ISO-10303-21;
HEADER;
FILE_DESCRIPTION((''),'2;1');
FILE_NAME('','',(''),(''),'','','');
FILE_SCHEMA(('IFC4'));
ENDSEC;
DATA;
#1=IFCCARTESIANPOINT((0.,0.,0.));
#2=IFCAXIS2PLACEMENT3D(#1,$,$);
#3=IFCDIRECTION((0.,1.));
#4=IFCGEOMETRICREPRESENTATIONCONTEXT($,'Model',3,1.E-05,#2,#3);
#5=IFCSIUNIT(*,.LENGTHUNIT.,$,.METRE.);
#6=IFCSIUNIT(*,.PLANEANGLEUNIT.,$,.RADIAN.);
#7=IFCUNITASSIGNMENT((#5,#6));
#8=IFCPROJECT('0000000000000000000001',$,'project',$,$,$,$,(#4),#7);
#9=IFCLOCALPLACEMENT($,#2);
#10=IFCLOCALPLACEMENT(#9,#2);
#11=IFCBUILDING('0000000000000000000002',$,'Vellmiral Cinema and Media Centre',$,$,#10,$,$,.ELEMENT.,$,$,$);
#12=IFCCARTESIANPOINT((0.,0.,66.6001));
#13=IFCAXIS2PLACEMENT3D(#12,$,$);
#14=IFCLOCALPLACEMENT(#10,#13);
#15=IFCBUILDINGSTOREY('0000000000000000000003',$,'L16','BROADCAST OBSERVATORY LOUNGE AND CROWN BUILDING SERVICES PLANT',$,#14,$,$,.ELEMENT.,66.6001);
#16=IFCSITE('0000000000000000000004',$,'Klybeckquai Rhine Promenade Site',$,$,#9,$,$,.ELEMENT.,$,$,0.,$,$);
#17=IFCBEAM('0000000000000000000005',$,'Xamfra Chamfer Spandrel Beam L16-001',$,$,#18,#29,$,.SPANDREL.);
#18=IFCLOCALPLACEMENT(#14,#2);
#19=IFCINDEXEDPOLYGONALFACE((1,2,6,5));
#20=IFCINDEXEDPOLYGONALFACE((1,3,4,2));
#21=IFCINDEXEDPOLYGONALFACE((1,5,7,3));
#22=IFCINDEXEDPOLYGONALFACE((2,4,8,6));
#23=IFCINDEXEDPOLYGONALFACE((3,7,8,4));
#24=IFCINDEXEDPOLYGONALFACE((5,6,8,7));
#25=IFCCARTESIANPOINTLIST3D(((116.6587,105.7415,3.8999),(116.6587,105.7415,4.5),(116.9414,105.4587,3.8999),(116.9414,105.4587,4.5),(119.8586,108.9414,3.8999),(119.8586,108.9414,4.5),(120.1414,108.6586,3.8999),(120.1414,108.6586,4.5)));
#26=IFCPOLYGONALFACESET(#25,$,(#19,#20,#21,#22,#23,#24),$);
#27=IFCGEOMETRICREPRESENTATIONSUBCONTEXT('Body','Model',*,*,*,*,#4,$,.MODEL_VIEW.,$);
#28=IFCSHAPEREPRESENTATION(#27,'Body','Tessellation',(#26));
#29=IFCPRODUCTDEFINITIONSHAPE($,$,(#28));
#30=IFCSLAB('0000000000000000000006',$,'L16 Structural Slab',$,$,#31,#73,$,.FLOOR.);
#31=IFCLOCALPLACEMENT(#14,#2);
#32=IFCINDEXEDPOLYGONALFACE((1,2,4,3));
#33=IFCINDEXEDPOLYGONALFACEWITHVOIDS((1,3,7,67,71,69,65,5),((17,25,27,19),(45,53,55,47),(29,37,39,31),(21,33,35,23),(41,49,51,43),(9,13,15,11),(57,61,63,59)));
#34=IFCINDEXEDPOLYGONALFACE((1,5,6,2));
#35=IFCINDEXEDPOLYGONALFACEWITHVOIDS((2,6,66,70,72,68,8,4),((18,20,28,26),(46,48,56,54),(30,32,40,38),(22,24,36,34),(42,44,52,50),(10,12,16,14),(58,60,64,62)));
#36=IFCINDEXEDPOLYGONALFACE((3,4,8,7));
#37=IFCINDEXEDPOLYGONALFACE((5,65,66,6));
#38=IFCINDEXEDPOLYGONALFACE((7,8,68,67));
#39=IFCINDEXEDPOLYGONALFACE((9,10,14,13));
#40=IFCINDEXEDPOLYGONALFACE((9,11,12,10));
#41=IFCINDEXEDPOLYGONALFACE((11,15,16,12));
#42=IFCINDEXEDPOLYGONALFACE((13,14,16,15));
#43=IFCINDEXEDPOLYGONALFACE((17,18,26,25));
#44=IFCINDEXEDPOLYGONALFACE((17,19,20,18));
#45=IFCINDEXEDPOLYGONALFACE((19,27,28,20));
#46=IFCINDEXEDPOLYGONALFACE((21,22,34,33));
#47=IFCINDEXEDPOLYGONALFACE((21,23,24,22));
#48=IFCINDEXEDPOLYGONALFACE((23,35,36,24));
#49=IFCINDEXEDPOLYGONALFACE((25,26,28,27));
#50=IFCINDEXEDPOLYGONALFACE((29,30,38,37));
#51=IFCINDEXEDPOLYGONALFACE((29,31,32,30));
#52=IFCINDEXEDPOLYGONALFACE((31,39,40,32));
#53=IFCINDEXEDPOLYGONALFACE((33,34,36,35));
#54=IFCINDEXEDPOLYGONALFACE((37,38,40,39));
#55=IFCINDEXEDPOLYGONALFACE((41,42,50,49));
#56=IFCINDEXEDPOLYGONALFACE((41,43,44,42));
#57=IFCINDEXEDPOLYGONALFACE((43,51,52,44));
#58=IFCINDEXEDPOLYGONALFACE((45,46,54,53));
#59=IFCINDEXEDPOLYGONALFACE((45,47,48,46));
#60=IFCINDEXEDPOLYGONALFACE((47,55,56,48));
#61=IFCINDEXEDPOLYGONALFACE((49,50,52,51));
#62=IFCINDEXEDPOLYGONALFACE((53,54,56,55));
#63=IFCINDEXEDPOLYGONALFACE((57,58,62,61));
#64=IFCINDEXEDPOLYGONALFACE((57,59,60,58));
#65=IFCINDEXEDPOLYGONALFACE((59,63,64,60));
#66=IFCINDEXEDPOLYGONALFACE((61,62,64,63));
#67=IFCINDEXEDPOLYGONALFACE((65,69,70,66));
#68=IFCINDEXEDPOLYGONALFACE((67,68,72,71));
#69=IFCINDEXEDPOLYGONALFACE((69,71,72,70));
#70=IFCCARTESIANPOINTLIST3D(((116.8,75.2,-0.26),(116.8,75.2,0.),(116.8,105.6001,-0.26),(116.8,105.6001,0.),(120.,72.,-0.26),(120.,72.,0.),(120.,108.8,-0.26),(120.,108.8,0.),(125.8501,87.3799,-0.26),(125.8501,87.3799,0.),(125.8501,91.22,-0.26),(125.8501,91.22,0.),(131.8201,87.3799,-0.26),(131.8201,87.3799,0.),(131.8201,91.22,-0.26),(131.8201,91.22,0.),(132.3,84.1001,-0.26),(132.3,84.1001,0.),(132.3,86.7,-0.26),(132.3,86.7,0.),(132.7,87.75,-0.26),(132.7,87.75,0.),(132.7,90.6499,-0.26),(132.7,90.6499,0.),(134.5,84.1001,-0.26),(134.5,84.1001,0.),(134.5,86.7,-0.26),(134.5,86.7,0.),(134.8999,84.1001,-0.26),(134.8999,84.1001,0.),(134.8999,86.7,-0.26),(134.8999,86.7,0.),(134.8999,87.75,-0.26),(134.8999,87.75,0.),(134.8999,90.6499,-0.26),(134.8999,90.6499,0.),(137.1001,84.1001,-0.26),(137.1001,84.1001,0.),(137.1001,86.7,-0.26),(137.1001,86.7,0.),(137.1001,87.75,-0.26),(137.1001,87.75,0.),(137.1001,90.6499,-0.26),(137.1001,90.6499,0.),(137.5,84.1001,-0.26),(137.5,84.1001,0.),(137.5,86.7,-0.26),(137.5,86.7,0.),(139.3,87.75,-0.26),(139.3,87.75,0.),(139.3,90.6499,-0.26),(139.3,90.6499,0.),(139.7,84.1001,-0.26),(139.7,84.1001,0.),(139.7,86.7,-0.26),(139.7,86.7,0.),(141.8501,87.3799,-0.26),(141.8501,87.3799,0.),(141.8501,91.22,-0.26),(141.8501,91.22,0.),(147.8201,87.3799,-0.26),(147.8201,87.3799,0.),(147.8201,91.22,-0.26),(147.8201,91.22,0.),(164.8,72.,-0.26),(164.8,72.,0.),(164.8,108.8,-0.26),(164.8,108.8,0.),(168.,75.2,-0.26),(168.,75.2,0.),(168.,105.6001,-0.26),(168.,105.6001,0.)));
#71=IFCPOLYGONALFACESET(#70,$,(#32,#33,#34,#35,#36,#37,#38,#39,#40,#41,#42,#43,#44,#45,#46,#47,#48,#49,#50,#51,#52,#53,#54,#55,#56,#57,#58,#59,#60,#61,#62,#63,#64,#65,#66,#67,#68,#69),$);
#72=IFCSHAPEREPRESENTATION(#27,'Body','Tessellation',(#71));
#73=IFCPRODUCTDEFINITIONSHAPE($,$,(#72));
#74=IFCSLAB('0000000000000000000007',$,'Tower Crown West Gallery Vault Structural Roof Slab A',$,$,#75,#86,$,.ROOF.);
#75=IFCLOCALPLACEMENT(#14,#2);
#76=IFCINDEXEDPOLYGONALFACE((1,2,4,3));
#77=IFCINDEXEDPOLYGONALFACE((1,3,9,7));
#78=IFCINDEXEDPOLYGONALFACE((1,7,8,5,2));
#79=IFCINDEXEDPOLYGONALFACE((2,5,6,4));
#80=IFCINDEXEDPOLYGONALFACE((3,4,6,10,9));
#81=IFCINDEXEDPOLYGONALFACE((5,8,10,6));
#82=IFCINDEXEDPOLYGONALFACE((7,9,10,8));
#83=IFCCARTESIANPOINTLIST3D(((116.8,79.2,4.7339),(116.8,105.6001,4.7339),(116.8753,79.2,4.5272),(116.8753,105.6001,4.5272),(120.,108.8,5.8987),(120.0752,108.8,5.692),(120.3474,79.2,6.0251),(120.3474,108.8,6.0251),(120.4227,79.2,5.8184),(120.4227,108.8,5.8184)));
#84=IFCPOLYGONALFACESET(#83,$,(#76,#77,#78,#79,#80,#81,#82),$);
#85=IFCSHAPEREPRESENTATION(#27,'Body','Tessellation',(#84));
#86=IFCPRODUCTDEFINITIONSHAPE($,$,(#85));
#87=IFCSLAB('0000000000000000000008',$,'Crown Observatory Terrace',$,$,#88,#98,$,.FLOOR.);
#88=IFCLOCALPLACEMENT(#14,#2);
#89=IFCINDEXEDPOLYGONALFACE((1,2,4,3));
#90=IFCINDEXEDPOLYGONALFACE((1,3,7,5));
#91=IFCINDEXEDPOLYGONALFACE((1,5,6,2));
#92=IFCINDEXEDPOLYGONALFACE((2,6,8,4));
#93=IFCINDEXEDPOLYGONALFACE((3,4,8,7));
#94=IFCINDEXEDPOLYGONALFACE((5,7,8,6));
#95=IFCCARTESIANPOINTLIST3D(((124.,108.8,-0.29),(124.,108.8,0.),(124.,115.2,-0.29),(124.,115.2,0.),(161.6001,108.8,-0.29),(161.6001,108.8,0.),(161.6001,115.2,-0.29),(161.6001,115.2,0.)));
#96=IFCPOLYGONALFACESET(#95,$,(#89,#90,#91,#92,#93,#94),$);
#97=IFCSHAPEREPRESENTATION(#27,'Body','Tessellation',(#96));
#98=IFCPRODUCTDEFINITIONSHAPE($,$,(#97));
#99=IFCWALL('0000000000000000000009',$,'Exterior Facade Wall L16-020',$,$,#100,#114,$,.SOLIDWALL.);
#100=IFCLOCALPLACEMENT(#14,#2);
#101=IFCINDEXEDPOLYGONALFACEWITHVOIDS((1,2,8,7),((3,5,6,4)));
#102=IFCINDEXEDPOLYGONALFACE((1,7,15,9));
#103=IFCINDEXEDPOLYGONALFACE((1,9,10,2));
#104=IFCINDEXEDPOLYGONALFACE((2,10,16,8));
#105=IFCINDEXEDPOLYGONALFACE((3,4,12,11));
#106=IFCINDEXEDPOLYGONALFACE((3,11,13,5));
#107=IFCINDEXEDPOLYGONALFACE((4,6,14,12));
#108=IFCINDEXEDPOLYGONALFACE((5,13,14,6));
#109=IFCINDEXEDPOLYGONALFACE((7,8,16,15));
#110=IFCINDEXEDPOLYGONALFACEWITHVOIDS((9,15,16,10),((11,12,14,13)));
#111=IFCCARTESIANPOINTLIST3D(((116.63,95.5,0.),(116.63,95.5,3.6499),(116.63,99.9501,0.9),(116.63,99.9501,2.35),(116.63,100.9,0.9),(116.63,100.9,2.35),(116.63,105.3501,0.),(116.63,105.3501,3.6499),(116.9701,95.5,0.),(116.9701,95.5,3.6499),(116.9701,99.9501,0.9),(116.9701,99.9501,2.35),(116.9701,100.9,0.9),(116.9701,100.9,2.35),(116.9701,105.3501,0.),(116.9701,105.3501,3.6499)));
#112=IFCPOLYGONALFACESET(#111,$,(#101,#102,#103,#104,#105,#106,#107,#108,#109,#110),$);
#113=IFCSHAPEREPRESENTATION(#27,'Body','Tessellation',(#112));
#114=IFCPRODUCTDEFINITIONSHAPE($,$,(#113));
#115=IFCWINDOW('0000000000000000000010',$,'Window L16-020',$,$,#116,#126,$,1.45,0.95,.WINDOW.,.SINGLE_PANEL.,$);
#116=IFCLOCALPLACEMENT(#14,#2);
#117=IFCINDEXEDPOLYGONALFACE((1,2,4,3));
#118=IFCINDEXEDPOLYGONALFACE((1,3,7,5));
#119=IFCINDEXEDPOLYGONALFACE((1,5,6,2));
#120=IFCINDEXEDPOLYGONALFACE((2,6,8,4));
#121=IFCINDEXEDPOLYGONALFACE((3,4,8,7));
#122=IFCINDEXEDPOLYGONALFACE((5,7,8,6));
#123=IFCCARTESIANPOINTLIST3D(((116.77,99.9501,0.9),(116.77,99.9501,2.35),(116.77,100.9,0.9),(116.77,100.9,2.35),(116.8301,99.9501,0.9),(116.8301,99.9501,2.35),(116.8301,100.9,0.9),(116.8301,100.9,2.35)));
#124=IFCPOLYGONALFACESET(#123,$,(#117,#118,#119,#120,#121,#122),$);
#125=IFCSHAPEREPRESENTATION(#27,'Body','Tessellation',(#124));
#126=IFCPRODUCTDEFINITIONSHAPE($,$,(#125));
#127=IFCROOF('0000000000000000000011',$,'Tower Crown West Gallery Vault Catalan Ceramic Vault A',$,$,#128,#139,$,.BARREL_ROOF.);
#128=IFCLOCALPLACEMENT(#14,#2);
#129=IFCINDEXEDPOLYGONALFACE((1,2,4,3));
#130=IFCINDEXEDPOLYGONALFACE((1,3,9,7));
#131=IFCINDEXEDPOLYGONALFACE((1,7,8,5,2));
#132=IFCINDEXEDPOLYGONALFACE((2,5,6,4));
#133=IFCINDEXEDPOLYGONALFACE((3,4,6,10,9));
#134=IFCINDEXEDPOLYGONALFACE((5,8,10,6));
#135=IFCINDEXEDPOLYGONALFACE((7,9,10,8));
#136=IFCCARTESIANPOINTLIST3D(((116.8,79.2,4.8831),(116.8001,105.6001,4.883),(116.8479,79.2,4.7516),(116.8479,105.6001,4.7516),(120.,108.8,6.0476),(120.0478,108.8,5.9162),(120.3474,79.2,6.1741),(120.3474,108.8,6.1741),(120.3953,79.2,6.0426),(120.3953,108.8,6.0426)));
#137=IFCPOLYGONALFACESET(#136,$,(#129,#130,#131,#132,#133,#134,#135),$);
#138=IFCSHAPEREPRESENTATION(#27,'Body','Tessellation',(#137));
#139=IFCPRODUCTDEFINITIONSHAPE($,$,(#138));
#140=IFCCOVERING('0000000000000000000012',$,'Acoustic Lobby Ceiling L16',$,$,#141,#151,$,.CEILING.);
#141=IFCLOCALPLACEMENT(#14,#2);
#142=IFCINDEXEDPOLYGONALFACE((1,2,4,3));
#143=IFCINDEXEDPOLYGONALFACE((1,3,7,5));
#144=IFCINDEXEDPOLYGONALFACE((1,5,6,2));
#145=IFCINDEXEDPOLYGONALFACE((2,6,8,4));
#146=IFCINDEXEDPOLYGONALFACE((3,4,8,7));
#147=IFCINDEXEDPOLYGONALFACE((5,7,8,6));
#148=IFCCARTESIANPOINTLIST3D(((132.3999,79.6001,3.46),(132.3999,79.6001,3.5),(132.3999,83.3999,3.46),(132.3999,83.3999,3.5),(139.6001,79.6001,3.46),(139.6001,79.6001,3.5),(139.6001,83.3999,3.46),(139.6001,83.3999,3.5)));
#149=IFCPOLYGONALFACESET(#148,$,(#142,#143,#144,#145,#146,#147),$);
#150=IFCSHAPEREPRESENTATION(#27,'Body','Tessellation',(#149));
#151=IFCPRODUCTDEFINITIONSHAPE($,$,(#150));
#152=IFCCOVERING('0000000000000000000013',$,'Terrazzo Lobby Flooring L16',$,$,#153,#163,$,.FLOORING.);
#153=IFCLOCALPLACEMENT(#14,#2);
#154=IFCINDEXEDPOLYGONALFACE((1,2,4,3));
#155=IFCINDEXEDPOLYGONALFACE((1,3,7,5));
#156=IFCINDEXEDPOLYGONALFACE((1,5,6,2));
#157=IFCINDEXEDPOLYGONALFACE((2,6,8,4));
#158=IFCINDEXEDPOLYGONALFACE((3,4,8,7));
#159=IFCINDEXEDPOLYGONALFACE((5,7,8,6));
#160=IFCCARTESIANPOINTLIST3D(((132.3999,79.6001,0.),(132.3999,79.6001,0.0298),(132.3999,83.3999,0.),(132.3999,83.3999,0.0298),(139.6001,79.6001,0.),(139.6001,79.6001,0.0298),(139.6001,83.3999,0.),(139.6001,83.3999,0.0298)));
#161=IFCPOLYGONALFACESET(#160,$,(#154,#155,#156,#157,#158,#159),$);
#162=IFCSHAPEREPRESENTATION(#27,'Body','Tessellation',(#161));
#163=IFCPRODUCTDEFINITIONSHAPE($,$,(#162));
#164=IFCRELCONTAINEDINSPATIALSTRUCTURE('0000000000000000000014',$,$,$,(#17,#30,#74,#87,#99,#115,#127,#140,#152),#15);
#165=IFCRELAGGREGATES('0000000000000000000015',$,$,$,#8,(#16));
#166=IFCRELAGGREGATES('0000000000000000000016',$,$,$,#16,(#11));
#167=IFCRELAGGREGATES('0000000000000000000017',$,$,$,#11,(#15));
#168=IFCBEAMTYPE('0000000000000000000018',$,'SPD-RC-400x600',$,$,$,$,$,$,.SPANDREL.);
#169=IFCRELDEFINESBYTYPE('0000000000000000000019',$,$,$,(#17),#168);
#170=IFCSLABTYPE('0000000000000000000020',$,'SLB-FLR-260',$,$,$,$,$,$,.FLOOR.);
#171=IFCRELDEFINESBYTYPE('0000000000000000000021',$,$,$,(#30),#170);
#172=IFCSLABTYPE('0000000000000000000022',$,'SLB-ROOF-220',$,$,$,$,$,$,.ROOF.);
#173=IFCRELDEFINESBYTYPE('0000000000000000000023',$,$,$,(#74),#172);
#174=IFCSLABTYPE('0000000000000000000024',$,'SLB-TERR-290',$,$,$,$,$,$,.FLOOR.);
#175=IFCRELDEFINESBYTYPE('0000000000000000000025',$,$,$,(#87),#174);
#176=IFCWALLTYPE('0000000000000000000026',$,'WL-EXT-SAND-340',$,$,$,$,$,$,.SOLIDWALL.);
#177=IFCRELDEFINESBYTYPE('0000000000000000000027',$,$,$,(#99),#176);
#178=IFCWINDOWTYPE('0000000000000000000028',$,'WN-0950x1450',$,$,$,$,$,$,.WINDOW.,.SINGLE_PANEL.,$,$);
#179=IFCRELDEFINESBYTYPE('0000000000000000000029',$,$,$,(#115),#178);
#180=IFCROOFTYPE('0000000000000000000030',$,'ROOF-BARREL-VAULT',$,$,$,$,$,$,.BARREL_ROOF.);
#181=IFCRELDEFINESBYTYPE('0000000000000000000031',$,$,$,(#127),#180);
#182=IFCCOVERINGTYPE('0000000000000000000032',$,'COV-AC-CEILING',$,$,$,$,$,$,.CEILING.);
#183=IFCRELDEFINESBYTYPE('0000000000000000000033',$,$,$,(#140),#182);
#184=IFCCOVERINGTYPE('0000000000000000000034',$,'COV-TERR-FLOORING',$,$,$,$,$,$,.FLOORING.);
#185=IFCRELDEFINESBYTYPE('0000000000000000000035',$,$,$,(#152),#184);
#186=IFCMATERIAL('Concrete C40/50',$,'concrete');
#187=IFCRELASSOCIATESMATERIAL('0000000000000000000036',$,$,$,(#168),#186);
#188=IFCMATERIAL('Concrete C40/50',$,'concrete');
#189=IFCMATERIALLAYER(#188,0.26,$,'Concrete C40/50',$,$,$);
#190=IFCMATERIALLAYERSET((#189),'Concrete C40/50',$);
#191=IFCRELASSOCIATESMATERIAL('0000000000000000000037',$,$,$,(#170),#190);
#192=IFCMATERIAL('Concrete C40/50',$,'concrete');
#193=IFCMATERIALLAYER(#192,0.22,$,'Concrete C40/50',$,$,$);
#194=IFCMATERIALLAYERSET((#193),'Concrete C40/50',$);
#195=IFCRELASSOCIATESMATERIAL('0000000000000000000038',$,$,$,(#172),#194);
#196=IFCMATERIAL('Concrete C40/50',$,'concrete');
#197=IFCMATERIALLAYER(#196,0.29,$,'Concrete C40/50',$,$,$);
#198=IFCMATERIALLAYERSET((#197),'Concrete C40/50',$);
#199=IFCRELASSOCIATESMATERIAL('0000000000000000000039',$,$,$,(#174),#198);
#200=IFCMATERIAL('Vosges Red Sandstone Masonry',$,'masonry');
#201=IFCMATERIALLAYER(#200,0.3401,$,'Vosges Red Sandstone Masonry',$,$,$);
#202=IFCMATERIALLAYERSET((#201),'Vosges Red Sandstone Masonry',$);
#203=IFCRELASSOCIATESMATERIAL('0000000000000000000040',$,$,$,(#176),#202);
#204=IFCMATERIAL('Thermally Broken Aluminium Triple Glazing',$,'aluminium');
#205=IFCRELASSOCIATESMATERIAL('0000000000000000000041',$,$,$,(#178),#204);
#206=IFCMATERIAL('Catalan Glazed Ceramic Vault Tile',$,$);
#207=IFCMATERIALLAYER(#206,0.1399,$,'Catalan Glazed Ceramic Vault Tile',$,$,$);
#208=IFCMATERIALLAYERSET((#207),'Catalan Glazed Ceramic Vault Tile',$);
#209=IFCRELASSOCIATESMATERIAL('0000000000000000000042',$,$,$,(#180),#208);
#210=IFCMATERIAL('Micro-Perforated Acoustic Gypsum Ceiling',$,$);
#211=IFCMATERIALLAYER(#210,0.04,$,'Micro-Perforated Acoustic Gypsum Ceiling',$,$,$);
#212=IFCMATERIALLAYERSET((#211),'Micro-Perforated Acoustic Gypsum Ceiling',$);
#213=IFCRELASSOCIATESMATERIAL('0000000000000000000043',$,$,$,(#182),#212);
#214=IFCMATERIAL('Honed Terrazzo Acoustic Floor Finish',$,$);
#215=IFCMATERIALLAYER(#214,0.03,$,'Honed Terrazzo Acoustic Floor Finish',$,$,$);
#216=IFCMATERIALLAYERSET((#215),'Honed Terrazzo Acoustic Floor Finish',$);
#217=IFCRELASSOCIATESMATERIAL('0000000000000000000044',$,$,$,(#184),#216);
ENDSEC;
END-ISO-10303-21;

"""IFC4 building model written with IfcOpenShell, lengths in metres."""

from ifc_helpers import new_model, si_unit, direction, frame, frame_2d, origin, origin_2d, place, context, subcontext, project, spatial, polyline, rectangle, outline, extrude, material, layer, layer_set, material_profile, profile_set, type_object, element, fill, save


model = new_model("IFC4")

# Units and contexts
model_context = context("Model", 3, precision=1e-05, world=origin(), true_north=direction((0.0, 1.0)))
body_context = subcontext(model_context, "Body", "Model", "MODEL_VIEW")
ifc_project = project(units=[si_unit("LENGTHUNIT", "METRE"), si_unit("PLANEANGLEUNIT", "RADIAN")], contexts=[model_context])

# Site, building, storey
site_placement = place(None, origin())
site = spatial("IfcSite", under=ifc_project, at=site_placement, Name="Klybeckquai Rhine Promenade Site", CompositionType="ELEMENT", RefElevation=0.0)
building_placement = place(site_placement, origin())
building = spatial("IfcBuilding", under=site, at=building_placement, Name="Vellmiral Cinema and Media Centre", CompositionType="ELEMENT")
storey_placement = place(building_placement, frame((0.0, 0.0, 66.6001)))
storey = spatial("IfcBuildingStorey", under=building, at=storey_placement, Name="L16", Description="BROADCAST OBSERVATORY LOUNGE AND CROWN BUILDING SERVICES PLANT", CompositionType="ELEMENT", Elevation=66.6001)

# Beam
ifc_material_1 = material(Name="Concrete C40/50", Category="concrete")
ifc_material_profile_1 = material_profile(ifc_material_1, rectangle(XDim=0.3999, YDim=0.6001, at=origin_2d()), Name="RC 400x600")
ifc_profile_set_1 = profile_set([ifc_material_profile_1], Name="Concrete C40/50")
beam_type_1 = type_object("IfcBeamType", Name="SPD-RC-400x600", PredefinedType="SPANDREL", material=ifc_profile_set_1)
beam_1_placement = place(storey_placement, frame((116.8, 105.6001, 4.2), z_axis=(0.707107, 0.707107, 0.0), x_axis=(-0.707107, 0.707107, 0.0)))
element("IfcBeam", 1, at=beam_1_placement, inside=storey, type_object=beam_type_1, Name="Xamfra Chamfer Spandrel Beam L16-001", PredefinedType="SPANDREL", context=body_context, shape_type="SweptSolid", body=[
    extrude(rectangle(XDim=0.3999, YDim=0.6001, at=origin_2d()), origin(), (0.0, 0.0, 1.0), 4.5254),
])

# Slabs
ifc_material_2 = material(Name="Concrete C40/50", Category="concrete")
ifc_layer_1 = layer(ifc_material_2, 0.26, Name="Concrete C40/50")
ifc_layer_set_1 = layer_set([ifc_layer_1], Name="Concrete C40/50")
slab_type_1 = type_object("IfcSlabType", Name="SLB-FLR-260", PredefinedType="FLOOR", material=ifc_layer_set_1)
slab_1_placement = place(storey_placement, frame((0.0, 0.0, -0.26)))
element("IfcSlab", 2, at=slab_1_placement, inside=storey, type_object=slab_type_1, Name="L16 Structural Slab", PredefinedType="FLOOR", context=body_context, shape_type="SweptSolid", body=[
    extrude(outline(polyline([(120.0, 72.0), (164.8, 72.0), (168.0, 75.2), (168.0, 105.6001), (164.8, 108.8), (120.0, 108.8), (116.8, 105.6001), (116.8, 75.2), (120.0, 72.0)]), holes=[polyline([(125.8501, 87.3799), (131.8201, 87.3799), (131.8201, 91.22), (125.8501, 91.22), (125.8501, 87.3799)]), polyline([(141.8501, 87.3799), (147.8201, 87.3799), (147.8201, 91.22), (141.8501, 91.22), (141.8501, 87.3799)]), polyline([(132.7, 87.75), (134.8999, 87.75), (134.8999, 90.6499), (132.7, 90.6499), (132.7, 87.75)]), polyline([(137.1001, 87.75), (139.3, 87.75), (139.3, 90.6499), (137.1001, 90.6499), (137.1001, 87.75)]), polyline([(132.3, 84.1001), (134.5, 84.1001), (134.5, 86.7), (132.3, 86.7), (132.3, 84.1001)]), polyline([(134.8999, 84.1001), (137.1001, 84.1001), (137.1001, 86.7), (134.8999, 86.7), (134.8999, 84.1001)]), polyline([(137.5, 84.1001), (139.7, 84.1001), (139.7, 86.7), (137.5, 86.7), (137.5, 84.1001)])]), origin(), (0.0, 0.0, 1.0), 0.26),
])
ifc_material_3 = material(Name="Concrete C40/50", Category="concrete")
ifc_layer_2 = layer(ifc_material_3, 0.22, Name="Concrete C40/50")
ifc_layer_set_2 = layer_set([ifc_layer_2], Name="Concrete C40/50")
slab_type_2 = type_object("IfcSlabType", Name="SLB-ROOF-220", PredefinedType="ROOF", material=ifc_layer_set_2)
slab_2_placement = place(storey_placement, frame((116.8, 79.2, 4.7339), z_axis=(-0.342049, 0.0, 0.939682), x_axis=(0.939682, 0.0, 0.342049)))
element("IfcSlab", 3, at=slab_2_placement, inside=storey, type_object=slab_type_2, Name="Tower Crown West Gallery Vault Structural Roof Slab A", PredefinedType="ROOF", context=body_context, shape_type="SweptSolid", body=[
    extrude(outline(polyline([(0.0, 0.0), (3.7751, 0.0), (3.7751, 29.6001), (3.4054, 29.6001), (0.0, 26.4001), (0.0, 0.0)])), origin(), (0.0, 0.0, -1.0), 0.22),
])
ifc_material_4 = material(Name="Concrete C40/50", Category="concrete")
ifc_layer_3 = layer(ifc_material_4, 0.29, Name="Concrete C40/50")
ifc_layer_set_3 = layer_set([ifc_layer_3], Name="Concrete C40/50")
slab_type_3 = type_object("IfcSlabType", Name="SLB-TERR-290", PredefinedType="FLOOR", material=ifc_layer_set_3)
slab_3_placement = place(storey_placement, frame((0.0, 0.0, -0.29)))
element("IfcSlab", 4, at=slab_3_placement, inside=storey, type_object=slab_type_3, Name="Crown Observatory Terrace", PredefinedType="FLOOR", context=body_context, shape_type="SweptSolid", body=[
    extrude(outline(polyline([(124.0, 108.8), (161.6001, 108.8), (161.6001, 115.2), (124.0, 115.2), (124.0, 108.8)])), origin(), (0.0, 0.0, 1.0), 0.29),
])

# Wall, opening, window
ifc_material_5 = material(Name="Vosges Red Sandstone Masonry", Category="masonry")
ifc_layer_4 = layer(ifc_material_5, 0.3401, Name="Vosges Red Sandstone Masonry")
ifc_layer_set_4 = layer_set([ifc_layer_4], Name="Vosges Red Sandstone Masonry")
wall_type = type_object("IfcWallType", Name="WL-EXT-SAND-340", PredefinedType="SOLIDWALL", material=ifc_layer_set_4)
wall_placement = place(storey_placement, frame((116.8, 105.3501, 0.0), z_axis=(0.0, 0.0, 1.0), x_axis=(0.0, -1.0, 0.0)))
wall = element("IfcWall", 5, at=wall_placement, inside=storey, type_object=wall_type, Name="Exterior Facade Wall L16-020", PredefinedType="SOLIDWALL", context=body_context, shape_type="SweptSolid", body=[
    extrude(rectangle(XDim=9.8501, YDim=0.3401, at=frame_2d((4.925, 0.0))), origin(), (0.0, 0.0, 1.0), 3.6499),
])
opening_placement = place(wall_placement, frame((4.45, 0.0, 0.8999)))
opening = element("IfcOpeningElement", 6, at=opening_placement, cuts=wall, PredefinedType="OPENING", context=body_context, shape_type="SweptSolid", body=[
    extrude(rectangle(XDim=0.95, YDim=1.45, at=frame_2d((0.4751, 0.7251))), frame((0.0, 0.1821, 0.0), z_axis=(0.0, -1.0, 0.0), x_axis=(1.0, 0.0, 0.0)), (0.0, 0.0, 1.0), 0.364),
])
ifc_material_6 = material(Name="Thermally Broken Aluminium Triple Glazing", Category="aluminium")
window_type = type_object("IfcWindowType", Name="WN-0950x1450", PartitioningType="SINGLE_PANEL", PredefinedType="WINDOW", material=ifc_material_6)
window_placement = place(opening_placement, origin())
window = element("IfcWindow", 7, at=window_placement, inside=storey, type_object=window_type, Name="Window L16-020", OverallHeight=1.45, OverallWidth=0.95, PartitioningType="SINGLE_PANEL", PredefinedType="WINDOW", context=body_context, shape_type="SweptSolid", body=[
    extrude(rectangle(XDim=0.95, YDim=1.45, at=frame_2d((0.4751, 0.7251))), frame((0.0, 0.03, 0.0), z_axis=(0.0, -1.0, 0.0), x_axis=(1.0, 0.0, 0.0)), (0.0, 0.0, 1.0), 0.0601),
])
fill(opening, window)

# Roof
ifc_material_7 = material(Name="Catalan Glazed Ceramic Vault Tile")
ifc_layer_5 = layer(ifc_material_7, 0.1399, Name="Catalan Glazed Ceramic Vault Tile")
ifc_layer_set_5 = layer_set([ifc_layer_5], Name="Catalan Glazed Ceramic Vault Tile")
roof_type = type_object("IfcRoofType", Name="ROOF-BARREL-VAULT", PredefinedType="BARREL_ROOF", material=ifc_layer_set_5)
roof_placement = place(storey_placement, frame((116.8, 79.2, 4.8831), z_axis=(-0.341993, 0.0, 0.939703), x_axis=(0.939703, 0.0, 0.341993)))
element("IfcRoof", 8, at=roof_placement, inside=storey, type_object=roof_type, Name="Tower Crown West Gallery Vault Catalan Ceramic Vault A", PredefinedType="BARREL_ROOF", context=body_context, shape_type="SweptSolid", body=[
    extrude(outline(polyline([(0.0, 0.0), (3.775, 0.0), (3.775, 29.6001), (3.4053, 29.6001), (0.0, 26.4001), (0.0, 0.0)])), origin(), (0.0, 0.0, -1.0), 0.1399),
])

# Coverings
ifc_material_8 = material(Name="Micro-Perforated Acoustic Gypsum Ceiling")
ifc_layer_6 = layer(ifc_material_8, 0.04, Name="Micro-Perforated Acoustic Gypsum Ceiling")
ifc_layer_set_6 = layer_set([ifc_layer_6], Name="Micro-Perforated Acoustic Gypsum Ceiling")
covering_type_1 = type_object("IfcCoveringType", Name="COV-AC-CEILING", PredefinedType="CEILING", material=ifc_layer_set_6)
covering_1_placement = place(storey_placement, frame((0.0, 0.0, 3.46)))
element("IfcCovering", 9, at=covering_1_placement, inside=storey, type_object=covering_type_1, Name="Acoustic Lobby Ceiling L16", PredefinedType="CEILING", context=body_context, shape_type="SweptSolid", body=[
    extrude(outline(polyline([(132.3999, 79.6001), (139.6001, 79.6001), (139.6001, 83.3999), (132.3999, 83.3999), (132.3999, 79.6001)])), origin(), (0.0, 0.0, 1.0), 0.04),
])
ifc_material_9 = material(Name="Honed Terrazzo Acoustic Floor Finish")
ifc_layer_7 = layer(ifc_material_9, 0.03, Name="Honed Terrazzo Acoustic Floor Finish")
ifc_layer_set_7 = layer_set([ifc_layer_7], Name="Honed Terrazzo Acoustic Floor Finish")
covering_type_2 = type_object("IfcCoveringType", Name="COV-TERR-FLOORING", PredefinedType="FLOORING", material=ifc_layer_set_7)
covering_2_placement = place(storey_placement, origin())
element("IfcCovering", 10, at=covering_2_placement, inside=storey, type_object=covering_type_2, Name="Terrazzo Lobby Flooring L16", PredefinedType="FLOORING", context=body_context, shape_type="SweptSolid", body=[
    extrude(outline(polyline([(132.3999, 79.6001), (139.6001, 79.6001), (139.6001, 83.3999), (132.3999, 83.3999), (132.3999, 79.6001)])), origin(), (0.0, 0.0, 1.0), 0.0298),
])

save(model, "model.ifc")
